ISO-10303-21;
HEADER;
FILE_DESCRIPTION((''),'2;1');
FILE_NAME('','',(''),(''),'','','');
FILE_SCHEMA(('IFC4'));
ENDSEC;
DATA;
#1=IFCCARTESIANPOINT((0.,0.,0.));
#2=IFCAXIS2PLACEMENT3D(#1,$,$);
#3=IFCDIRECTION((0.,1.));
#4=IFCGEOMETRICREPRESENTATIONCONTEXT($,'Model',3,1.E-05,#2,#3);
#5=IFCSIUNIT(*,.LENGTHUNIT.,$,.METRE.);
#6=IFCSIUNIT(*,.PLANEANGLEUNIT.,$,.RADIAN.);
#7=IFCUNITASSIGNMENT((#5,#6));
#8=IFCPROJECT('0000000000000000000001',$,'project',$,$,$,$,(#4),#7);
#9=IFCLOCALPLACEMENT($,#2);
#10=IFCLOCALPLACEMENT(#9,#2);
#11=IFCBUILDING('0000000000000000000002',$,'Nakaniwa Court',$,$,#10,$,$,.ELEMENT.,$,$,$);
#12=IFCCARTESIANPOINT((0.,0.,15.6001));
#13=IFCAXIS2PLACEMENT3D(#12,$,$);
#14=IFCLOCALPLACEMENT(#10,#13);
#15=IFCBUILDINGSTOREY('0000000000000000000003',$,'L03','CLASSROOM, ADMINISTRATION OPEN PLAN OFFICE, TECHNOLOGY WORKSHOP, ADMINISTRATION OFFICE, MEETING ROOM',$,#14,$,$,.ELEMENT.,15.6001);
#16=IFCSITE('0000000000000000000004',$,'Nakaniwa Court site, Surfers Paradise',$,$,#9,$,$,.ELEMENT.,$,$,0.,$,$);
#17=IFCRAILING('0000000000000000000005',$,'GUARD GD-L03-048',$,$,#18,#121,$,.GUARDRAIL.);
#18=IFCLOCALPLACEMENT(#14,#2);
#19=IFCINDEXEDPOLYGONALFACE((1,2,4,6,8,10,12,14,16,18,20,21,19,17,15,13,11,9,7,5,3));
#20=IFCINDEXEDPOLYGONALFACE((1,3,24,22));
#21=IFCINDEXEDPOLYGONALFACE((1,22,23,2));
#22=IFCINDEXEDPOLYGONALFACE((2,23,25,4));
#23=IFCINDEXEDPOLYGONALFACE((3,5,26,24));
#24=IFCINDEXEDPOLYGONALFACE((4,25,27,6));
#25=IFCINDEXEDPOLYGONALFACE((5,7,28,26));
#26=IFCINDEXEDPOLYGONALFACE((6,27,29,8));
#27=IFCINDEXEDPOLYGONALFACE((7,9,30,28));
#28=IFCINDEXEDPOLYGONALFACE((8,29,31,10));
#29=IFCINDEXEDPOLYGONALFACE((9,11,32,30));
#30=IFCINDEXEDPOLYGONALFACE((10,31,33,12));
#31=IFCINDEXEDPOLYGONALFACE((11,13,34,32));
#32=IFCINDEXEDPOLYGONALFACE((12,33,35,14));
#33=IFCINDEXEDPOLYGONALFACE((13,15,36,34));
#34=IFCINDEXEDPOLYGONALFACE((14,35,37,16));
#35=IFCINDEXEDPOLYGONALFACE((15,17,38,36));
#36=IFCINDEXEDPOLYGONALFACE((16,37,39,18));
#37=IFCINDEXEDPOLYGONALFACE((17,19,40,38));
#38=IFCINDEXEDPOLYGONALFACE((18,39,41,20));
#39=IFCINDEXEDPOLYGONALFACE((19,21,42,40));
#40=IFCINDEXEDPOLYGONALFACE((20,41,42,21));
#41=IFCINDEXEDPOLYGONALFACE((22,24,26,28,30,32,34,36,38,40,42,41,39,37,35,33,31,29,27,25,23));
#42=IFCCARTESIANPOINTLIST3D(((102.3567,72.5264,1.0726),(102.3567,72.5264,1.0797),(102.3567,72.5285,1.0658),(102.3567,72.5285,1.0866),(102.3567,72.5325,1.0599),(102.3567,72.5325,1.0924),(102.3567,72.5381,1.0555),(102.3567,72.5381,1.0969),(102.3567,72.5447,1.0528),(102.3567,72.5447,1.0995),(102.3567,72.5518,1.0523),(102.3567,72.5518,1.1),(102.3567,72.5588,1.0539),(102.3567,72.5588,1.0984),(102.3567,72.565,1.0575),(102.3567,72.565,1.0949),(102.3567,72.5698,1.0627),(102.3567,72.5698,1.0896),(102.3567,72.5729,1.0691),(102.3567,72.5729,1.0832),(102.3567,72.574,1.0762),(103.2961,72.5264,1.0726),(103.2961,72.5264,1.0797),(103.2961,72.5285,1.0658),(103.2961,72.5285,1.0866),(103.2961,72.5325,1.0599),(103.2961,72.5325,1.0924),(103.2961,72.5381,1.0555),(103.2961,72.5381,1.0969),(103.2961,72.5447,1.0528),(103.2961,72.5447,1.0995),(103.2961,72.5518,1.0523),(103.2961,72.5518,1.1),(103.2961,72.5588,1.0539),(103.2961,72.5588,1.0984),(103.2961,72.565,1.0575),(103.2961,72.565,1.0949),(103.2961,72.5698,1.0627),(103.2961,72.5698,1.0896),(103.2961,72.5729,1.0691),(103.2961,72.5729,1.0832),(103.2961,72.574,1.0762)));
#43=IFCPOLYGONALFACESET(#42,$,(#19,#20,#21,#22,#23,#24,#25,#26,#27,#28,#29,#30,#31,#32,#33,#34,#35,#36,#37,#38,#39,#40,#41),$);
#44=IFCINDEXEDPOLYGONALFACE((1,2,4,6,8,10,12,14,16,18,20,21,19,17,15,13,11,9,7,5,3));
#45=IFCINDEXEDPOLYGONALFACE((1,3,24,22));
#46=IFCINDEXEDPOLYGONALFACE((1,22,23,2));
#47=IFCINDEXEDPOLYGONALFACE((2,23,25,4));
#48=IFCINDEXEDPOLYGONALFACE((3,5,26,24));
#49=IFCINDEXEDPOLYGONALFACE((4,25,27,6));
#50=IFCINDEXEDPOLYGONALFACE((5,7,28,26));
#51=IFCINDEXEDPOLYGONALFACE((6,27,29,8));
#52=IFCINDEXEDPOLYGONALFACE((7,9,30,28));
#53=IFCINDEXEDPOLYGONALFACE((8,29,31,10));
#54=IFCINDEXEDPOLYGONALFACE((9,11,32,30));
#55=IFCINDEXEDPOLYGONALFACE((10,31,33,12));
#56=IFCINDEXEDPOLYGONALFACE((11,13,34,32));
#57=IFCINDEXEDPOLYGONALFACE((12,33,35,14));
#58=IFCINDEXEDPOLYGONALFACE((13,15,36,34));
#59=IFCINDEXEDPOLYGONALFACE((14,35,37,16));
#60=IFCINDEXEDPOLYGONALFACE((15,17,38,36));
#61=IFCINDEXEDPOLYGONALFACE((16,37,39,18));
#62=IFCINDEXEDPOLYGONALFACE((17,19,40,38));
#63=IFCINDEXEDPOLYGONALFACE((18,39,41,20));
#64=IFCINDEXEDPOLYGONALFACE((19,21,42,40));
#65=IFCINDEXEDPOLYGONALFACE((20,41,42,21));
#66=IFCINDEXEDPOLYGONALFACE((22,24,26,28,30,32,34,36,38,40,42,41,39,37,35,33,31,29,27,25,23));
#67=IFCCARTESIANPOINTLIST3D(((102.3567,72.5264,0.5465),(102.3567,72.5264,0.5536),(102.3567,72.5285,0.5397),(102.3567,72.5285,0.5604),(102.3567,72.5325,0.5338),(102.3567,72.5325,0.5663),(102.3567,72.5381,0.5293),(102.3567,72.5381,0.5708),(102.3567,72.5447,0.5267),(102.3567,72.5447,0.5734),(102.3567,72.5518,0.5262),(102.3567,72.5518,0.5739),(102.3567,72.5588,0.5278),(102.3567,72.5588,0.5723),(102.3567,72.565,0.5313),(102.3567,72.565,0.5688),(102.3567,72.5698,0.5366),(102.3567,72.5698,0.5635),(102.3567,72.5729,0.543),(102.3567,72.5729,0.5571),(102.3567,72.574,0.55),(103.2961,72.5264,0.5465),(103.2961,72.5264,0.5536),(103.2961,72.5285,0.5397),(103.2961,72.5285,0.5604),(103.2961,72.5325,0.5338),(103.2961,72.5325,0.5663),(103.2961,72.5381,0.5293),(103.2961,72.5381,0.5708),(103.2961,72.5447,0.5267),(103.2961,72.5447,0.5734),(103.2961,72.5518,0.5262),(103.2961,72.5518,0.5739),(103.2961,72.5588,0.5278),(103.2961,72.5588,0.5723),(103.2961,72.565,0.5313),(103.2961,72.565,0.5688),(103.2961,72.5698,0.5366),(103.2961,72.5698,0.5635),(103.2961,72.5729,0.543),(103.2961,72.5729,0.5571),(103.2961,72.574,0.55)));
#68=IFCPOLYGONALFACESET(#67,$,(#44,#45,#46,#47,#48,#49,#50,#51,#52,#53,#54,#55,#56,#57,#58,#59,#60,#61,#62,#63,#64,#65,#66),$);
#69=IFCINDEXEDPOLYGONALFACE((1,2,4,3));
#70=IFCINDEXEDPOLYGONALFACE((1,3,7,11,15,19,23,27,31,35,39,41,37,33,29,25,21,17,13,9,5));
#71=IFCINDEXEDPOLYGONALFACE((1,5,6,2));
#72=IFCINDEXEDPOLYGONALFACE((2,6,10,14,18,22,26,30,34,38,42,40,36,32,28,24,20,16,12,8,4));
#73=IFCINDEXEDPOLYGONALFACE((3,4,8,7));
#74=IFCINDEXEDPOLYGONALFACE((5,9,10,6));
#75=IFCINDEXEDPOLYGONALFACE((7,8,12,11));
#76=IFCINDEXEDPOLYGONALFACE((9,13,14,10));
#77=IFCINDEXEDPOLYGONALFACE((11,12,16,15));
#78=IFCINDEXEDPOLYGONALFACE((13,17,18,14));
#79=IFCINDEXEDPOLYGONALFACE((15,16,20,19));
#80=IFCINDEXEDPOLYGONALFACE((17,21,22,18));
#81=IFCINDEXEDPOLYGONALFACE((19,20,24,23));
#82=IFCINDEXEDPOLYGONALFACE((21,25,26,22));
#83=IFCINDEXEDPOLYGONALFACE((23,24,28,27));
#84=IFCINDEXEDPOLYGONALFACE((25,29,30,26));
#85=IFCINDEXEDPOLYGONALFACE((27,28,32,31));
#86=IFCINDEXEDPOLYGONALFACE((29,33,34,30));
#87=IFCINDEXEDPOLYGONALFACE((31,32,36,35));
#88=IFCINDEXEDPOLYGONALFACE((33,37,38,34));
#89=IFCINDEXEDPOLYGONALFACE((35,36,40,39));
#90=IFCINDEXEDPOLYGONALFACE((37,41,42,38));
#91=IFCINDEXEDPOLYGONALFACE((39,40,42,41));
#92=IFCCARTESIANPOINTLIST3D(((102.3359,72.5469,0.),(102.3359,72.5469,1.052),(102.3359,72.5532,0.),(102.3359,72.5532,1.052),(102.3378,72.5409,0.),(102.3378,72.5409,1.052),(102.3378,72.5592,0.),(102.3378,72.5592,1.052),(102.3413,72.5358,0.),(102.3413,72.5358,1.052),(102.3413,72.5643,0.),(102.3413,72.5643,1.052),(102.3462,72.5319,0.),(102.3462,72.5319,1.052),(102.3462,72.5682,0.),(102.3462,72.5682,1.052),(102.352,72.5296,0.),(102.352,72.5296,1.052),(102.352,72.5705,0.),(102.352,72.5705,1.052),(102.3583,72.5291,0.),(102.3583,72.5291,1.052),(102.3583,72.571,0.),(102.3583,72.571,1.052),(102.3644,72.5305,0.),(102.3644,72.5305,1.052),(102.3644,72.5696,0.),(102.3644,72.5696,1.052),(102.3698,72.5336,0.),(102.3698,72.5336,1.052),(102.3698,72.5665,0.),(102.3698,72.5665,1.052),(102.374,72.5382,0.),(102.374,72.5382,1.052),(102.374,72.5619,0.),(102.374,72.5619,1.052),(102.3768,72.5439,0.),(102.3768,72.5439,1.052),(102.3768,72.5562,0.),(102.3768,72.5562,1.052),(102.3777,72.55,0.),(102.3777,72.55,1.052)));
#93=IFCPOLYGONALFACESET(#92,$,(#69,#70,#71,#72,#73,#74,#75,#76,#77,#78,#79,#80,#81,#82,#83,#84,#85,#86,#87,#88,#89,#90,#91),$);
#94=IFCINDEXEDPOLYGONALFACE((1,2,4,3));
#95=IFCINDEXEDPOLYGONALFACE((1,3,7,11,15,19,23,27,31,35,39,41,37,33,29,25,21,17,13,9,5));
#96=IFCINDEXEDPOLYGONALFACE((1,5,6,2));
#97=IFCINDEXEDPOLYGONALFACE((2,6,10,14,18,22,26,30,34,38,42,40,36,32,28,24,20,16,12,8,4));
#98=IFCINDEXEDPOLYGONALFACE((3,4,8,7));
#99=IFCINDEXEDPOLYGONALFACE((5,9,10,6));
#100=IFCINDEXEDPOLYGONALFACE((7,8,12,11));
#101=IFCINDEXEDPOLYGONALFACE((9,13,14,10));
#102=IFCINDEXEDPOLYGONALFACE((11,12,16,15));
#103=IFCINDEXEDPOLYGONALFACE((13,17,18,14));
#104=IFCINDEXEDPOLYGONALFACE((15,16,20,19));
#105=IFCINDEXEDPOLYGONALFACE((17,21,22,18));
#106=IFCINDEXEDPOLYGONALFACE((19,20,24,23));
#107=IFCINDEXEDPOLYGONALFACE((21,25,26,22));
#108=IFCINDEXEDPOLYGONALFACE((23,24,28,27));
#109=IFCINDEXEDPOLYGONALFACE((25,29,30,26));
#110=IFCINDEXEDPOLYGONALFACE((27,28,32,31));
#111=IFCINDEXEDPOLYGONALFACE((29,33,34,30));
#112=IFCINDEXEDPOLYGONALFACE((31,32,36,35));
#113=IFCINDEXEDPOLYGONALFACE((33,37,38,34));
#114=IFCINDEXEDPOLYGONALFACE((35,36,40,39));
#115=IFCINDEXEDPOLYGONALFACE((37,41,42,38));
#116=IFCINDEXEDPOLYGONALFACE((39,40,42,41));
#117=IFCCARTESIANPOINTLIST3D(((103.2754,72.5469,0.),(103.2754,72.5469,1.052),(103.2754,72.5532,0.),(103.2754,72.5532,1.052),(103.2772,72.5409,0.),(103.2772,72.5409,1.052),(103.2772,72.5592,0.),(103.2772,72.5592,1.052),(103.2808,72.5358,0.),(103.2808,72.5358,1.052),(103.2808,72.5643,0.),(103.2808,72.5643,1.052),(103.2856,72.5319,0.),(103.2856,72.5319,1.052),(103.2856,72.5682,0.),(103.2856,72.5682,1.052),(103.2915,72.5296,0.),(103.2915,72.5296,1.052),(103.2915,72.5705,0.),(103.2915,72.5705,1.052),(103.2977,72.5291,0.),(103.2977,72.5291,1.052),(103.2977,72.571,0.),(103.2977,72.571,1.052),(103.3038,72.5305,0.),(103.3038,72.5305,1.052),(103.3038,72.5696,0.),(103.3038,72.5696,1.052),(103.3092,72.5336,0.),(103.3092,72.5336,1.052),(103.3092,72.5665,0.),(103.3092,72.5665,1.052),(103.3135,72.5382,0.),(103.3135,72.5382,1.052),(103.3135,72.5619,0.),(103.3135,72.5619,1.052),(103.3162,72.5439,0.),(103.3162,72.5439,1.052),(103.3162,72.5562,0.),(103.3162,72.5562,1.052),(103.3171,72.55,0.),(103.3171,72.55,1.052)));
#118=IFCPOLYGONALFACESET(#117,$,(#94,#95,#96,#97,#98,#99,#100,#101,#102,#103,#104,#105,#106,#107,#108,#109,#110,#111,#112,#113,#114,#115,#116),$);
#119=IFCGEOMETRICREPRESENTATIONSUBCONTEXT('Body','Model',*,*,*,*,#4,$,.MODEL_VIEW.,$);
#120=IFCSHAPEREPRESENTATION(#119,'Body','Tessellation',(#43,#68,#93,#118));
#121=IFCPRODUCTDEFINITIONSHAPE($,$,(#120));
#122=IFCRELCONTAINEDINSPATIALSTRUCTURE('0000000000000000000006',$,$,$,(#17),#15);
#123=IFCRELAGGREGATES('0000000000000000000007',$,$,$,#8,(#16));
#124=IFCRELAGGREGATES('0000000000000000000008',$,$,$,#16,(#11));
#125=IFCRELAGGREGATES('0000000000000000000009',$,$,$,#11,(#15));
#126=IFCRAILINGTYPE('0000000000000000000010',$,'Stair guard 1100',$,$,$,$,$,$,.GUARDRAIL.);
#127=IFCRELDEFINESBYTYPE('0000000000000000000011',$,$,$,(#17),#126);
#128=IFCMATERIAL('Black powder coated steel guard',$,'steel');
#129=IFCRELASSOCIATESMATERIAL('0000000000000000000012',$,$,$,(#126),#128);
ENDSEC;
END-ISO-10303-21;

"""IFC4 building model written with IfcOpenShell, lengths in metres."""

from ifc_helpers import new_model, si_unit, direction, frame, origin, origin_2d, place, context, subcontext, project, spatial, circle, extrude, material, type_object, element, save


model = new_model("IFC4")

# Units and contexts
model_context = context("Model", 3, precision=1e-05, world=origin(), true_north=direction((0.0, 1.0)))
body_context = subcontext(model_context, "Body", "Model", "MODEL_VIEW")
ifc_project = project(units=[si_unit("LENGTHUNIT", "METRE"), si_unit("PLANEANGLEUNIT", "RADIAN")], contexts=[model_context])

# Site, building, storey
site_placement = place(None, origin())
site = spatial("IfcSite", under=ifc_project, at=site_placement, Name="Nakaniwa Court site, Surfers Paradise", CompositionType="ELEMENT", RefElevation=0.0)
building_placement = place(site_placement, origin())
building = spatial("IfcBuilding", under=site, at=building_placement, Name="Nakaniwa Court", CompositionType="ELEMENT")
storey_placement = place(building_placement, frame((0.0, 0.0, 15.6001)))
storey = spatial("IfcBuildingStorey", under=building, at=storey_placement, Name="L03", Description="CLASSROOM, ADMINISTRATION OPEN PLAN OFFICE, TECHNOLOGY WORKSHOP, ADMINISTRATION OFFICE, MEETING ROOM", CompositionType="ELEMENT", Elevation=15.6001)

# Railing
ifc_material_1 = material(Name="Black powder coated steel guard", Category="steel")
railing_type_1 = type_object("IfcRailingType", Name="Stair guard 1100", PredefinedType="GUARDRAIL", material=ifc_material_1)
railing_1_placement = place(storey_placement, frame((102.3567, 72.55, 0.0)))
element("IfcRailing", 1, at=railing_1_placement, inside=storey, type_object=railing_type_1, Name="GUARD GD-L03-048", PredefinedType="GUARDRAIL", context=body_context, shape_type="SweptSolid", body=[
    extrude(circle(Radius=0.0239, at=origin_2d()), frame((0.0, 0.0, 1.0762), z_axis=(1.0, 0.0, 0.0), x_axis=(0.0, 1.0, 0.0)), (0.0, 0.0, 1.0), 0.9395),
    extrude(circle(Radius=0.0239, at=origin_2d()), frame((0.0, 0.0, 0.55), z_axis=(1.0, 0.0, 0.0), x_axis=(0.0, 1.0, 0.0)), (0.0, 0.0, 1.0), 0.9395),
    extrude(circle(Radius=0.021, at=origin_2d()), origin(), (0.0, 0.0, 1.0), 1.052),
    extrude(circle(Radius=0.021, at=origin_2d()), frame((0.9395, 0.0, 0.0)), (0.0, 0.0, 1.0), 1.052),
])

save(model, "model.ifc")
